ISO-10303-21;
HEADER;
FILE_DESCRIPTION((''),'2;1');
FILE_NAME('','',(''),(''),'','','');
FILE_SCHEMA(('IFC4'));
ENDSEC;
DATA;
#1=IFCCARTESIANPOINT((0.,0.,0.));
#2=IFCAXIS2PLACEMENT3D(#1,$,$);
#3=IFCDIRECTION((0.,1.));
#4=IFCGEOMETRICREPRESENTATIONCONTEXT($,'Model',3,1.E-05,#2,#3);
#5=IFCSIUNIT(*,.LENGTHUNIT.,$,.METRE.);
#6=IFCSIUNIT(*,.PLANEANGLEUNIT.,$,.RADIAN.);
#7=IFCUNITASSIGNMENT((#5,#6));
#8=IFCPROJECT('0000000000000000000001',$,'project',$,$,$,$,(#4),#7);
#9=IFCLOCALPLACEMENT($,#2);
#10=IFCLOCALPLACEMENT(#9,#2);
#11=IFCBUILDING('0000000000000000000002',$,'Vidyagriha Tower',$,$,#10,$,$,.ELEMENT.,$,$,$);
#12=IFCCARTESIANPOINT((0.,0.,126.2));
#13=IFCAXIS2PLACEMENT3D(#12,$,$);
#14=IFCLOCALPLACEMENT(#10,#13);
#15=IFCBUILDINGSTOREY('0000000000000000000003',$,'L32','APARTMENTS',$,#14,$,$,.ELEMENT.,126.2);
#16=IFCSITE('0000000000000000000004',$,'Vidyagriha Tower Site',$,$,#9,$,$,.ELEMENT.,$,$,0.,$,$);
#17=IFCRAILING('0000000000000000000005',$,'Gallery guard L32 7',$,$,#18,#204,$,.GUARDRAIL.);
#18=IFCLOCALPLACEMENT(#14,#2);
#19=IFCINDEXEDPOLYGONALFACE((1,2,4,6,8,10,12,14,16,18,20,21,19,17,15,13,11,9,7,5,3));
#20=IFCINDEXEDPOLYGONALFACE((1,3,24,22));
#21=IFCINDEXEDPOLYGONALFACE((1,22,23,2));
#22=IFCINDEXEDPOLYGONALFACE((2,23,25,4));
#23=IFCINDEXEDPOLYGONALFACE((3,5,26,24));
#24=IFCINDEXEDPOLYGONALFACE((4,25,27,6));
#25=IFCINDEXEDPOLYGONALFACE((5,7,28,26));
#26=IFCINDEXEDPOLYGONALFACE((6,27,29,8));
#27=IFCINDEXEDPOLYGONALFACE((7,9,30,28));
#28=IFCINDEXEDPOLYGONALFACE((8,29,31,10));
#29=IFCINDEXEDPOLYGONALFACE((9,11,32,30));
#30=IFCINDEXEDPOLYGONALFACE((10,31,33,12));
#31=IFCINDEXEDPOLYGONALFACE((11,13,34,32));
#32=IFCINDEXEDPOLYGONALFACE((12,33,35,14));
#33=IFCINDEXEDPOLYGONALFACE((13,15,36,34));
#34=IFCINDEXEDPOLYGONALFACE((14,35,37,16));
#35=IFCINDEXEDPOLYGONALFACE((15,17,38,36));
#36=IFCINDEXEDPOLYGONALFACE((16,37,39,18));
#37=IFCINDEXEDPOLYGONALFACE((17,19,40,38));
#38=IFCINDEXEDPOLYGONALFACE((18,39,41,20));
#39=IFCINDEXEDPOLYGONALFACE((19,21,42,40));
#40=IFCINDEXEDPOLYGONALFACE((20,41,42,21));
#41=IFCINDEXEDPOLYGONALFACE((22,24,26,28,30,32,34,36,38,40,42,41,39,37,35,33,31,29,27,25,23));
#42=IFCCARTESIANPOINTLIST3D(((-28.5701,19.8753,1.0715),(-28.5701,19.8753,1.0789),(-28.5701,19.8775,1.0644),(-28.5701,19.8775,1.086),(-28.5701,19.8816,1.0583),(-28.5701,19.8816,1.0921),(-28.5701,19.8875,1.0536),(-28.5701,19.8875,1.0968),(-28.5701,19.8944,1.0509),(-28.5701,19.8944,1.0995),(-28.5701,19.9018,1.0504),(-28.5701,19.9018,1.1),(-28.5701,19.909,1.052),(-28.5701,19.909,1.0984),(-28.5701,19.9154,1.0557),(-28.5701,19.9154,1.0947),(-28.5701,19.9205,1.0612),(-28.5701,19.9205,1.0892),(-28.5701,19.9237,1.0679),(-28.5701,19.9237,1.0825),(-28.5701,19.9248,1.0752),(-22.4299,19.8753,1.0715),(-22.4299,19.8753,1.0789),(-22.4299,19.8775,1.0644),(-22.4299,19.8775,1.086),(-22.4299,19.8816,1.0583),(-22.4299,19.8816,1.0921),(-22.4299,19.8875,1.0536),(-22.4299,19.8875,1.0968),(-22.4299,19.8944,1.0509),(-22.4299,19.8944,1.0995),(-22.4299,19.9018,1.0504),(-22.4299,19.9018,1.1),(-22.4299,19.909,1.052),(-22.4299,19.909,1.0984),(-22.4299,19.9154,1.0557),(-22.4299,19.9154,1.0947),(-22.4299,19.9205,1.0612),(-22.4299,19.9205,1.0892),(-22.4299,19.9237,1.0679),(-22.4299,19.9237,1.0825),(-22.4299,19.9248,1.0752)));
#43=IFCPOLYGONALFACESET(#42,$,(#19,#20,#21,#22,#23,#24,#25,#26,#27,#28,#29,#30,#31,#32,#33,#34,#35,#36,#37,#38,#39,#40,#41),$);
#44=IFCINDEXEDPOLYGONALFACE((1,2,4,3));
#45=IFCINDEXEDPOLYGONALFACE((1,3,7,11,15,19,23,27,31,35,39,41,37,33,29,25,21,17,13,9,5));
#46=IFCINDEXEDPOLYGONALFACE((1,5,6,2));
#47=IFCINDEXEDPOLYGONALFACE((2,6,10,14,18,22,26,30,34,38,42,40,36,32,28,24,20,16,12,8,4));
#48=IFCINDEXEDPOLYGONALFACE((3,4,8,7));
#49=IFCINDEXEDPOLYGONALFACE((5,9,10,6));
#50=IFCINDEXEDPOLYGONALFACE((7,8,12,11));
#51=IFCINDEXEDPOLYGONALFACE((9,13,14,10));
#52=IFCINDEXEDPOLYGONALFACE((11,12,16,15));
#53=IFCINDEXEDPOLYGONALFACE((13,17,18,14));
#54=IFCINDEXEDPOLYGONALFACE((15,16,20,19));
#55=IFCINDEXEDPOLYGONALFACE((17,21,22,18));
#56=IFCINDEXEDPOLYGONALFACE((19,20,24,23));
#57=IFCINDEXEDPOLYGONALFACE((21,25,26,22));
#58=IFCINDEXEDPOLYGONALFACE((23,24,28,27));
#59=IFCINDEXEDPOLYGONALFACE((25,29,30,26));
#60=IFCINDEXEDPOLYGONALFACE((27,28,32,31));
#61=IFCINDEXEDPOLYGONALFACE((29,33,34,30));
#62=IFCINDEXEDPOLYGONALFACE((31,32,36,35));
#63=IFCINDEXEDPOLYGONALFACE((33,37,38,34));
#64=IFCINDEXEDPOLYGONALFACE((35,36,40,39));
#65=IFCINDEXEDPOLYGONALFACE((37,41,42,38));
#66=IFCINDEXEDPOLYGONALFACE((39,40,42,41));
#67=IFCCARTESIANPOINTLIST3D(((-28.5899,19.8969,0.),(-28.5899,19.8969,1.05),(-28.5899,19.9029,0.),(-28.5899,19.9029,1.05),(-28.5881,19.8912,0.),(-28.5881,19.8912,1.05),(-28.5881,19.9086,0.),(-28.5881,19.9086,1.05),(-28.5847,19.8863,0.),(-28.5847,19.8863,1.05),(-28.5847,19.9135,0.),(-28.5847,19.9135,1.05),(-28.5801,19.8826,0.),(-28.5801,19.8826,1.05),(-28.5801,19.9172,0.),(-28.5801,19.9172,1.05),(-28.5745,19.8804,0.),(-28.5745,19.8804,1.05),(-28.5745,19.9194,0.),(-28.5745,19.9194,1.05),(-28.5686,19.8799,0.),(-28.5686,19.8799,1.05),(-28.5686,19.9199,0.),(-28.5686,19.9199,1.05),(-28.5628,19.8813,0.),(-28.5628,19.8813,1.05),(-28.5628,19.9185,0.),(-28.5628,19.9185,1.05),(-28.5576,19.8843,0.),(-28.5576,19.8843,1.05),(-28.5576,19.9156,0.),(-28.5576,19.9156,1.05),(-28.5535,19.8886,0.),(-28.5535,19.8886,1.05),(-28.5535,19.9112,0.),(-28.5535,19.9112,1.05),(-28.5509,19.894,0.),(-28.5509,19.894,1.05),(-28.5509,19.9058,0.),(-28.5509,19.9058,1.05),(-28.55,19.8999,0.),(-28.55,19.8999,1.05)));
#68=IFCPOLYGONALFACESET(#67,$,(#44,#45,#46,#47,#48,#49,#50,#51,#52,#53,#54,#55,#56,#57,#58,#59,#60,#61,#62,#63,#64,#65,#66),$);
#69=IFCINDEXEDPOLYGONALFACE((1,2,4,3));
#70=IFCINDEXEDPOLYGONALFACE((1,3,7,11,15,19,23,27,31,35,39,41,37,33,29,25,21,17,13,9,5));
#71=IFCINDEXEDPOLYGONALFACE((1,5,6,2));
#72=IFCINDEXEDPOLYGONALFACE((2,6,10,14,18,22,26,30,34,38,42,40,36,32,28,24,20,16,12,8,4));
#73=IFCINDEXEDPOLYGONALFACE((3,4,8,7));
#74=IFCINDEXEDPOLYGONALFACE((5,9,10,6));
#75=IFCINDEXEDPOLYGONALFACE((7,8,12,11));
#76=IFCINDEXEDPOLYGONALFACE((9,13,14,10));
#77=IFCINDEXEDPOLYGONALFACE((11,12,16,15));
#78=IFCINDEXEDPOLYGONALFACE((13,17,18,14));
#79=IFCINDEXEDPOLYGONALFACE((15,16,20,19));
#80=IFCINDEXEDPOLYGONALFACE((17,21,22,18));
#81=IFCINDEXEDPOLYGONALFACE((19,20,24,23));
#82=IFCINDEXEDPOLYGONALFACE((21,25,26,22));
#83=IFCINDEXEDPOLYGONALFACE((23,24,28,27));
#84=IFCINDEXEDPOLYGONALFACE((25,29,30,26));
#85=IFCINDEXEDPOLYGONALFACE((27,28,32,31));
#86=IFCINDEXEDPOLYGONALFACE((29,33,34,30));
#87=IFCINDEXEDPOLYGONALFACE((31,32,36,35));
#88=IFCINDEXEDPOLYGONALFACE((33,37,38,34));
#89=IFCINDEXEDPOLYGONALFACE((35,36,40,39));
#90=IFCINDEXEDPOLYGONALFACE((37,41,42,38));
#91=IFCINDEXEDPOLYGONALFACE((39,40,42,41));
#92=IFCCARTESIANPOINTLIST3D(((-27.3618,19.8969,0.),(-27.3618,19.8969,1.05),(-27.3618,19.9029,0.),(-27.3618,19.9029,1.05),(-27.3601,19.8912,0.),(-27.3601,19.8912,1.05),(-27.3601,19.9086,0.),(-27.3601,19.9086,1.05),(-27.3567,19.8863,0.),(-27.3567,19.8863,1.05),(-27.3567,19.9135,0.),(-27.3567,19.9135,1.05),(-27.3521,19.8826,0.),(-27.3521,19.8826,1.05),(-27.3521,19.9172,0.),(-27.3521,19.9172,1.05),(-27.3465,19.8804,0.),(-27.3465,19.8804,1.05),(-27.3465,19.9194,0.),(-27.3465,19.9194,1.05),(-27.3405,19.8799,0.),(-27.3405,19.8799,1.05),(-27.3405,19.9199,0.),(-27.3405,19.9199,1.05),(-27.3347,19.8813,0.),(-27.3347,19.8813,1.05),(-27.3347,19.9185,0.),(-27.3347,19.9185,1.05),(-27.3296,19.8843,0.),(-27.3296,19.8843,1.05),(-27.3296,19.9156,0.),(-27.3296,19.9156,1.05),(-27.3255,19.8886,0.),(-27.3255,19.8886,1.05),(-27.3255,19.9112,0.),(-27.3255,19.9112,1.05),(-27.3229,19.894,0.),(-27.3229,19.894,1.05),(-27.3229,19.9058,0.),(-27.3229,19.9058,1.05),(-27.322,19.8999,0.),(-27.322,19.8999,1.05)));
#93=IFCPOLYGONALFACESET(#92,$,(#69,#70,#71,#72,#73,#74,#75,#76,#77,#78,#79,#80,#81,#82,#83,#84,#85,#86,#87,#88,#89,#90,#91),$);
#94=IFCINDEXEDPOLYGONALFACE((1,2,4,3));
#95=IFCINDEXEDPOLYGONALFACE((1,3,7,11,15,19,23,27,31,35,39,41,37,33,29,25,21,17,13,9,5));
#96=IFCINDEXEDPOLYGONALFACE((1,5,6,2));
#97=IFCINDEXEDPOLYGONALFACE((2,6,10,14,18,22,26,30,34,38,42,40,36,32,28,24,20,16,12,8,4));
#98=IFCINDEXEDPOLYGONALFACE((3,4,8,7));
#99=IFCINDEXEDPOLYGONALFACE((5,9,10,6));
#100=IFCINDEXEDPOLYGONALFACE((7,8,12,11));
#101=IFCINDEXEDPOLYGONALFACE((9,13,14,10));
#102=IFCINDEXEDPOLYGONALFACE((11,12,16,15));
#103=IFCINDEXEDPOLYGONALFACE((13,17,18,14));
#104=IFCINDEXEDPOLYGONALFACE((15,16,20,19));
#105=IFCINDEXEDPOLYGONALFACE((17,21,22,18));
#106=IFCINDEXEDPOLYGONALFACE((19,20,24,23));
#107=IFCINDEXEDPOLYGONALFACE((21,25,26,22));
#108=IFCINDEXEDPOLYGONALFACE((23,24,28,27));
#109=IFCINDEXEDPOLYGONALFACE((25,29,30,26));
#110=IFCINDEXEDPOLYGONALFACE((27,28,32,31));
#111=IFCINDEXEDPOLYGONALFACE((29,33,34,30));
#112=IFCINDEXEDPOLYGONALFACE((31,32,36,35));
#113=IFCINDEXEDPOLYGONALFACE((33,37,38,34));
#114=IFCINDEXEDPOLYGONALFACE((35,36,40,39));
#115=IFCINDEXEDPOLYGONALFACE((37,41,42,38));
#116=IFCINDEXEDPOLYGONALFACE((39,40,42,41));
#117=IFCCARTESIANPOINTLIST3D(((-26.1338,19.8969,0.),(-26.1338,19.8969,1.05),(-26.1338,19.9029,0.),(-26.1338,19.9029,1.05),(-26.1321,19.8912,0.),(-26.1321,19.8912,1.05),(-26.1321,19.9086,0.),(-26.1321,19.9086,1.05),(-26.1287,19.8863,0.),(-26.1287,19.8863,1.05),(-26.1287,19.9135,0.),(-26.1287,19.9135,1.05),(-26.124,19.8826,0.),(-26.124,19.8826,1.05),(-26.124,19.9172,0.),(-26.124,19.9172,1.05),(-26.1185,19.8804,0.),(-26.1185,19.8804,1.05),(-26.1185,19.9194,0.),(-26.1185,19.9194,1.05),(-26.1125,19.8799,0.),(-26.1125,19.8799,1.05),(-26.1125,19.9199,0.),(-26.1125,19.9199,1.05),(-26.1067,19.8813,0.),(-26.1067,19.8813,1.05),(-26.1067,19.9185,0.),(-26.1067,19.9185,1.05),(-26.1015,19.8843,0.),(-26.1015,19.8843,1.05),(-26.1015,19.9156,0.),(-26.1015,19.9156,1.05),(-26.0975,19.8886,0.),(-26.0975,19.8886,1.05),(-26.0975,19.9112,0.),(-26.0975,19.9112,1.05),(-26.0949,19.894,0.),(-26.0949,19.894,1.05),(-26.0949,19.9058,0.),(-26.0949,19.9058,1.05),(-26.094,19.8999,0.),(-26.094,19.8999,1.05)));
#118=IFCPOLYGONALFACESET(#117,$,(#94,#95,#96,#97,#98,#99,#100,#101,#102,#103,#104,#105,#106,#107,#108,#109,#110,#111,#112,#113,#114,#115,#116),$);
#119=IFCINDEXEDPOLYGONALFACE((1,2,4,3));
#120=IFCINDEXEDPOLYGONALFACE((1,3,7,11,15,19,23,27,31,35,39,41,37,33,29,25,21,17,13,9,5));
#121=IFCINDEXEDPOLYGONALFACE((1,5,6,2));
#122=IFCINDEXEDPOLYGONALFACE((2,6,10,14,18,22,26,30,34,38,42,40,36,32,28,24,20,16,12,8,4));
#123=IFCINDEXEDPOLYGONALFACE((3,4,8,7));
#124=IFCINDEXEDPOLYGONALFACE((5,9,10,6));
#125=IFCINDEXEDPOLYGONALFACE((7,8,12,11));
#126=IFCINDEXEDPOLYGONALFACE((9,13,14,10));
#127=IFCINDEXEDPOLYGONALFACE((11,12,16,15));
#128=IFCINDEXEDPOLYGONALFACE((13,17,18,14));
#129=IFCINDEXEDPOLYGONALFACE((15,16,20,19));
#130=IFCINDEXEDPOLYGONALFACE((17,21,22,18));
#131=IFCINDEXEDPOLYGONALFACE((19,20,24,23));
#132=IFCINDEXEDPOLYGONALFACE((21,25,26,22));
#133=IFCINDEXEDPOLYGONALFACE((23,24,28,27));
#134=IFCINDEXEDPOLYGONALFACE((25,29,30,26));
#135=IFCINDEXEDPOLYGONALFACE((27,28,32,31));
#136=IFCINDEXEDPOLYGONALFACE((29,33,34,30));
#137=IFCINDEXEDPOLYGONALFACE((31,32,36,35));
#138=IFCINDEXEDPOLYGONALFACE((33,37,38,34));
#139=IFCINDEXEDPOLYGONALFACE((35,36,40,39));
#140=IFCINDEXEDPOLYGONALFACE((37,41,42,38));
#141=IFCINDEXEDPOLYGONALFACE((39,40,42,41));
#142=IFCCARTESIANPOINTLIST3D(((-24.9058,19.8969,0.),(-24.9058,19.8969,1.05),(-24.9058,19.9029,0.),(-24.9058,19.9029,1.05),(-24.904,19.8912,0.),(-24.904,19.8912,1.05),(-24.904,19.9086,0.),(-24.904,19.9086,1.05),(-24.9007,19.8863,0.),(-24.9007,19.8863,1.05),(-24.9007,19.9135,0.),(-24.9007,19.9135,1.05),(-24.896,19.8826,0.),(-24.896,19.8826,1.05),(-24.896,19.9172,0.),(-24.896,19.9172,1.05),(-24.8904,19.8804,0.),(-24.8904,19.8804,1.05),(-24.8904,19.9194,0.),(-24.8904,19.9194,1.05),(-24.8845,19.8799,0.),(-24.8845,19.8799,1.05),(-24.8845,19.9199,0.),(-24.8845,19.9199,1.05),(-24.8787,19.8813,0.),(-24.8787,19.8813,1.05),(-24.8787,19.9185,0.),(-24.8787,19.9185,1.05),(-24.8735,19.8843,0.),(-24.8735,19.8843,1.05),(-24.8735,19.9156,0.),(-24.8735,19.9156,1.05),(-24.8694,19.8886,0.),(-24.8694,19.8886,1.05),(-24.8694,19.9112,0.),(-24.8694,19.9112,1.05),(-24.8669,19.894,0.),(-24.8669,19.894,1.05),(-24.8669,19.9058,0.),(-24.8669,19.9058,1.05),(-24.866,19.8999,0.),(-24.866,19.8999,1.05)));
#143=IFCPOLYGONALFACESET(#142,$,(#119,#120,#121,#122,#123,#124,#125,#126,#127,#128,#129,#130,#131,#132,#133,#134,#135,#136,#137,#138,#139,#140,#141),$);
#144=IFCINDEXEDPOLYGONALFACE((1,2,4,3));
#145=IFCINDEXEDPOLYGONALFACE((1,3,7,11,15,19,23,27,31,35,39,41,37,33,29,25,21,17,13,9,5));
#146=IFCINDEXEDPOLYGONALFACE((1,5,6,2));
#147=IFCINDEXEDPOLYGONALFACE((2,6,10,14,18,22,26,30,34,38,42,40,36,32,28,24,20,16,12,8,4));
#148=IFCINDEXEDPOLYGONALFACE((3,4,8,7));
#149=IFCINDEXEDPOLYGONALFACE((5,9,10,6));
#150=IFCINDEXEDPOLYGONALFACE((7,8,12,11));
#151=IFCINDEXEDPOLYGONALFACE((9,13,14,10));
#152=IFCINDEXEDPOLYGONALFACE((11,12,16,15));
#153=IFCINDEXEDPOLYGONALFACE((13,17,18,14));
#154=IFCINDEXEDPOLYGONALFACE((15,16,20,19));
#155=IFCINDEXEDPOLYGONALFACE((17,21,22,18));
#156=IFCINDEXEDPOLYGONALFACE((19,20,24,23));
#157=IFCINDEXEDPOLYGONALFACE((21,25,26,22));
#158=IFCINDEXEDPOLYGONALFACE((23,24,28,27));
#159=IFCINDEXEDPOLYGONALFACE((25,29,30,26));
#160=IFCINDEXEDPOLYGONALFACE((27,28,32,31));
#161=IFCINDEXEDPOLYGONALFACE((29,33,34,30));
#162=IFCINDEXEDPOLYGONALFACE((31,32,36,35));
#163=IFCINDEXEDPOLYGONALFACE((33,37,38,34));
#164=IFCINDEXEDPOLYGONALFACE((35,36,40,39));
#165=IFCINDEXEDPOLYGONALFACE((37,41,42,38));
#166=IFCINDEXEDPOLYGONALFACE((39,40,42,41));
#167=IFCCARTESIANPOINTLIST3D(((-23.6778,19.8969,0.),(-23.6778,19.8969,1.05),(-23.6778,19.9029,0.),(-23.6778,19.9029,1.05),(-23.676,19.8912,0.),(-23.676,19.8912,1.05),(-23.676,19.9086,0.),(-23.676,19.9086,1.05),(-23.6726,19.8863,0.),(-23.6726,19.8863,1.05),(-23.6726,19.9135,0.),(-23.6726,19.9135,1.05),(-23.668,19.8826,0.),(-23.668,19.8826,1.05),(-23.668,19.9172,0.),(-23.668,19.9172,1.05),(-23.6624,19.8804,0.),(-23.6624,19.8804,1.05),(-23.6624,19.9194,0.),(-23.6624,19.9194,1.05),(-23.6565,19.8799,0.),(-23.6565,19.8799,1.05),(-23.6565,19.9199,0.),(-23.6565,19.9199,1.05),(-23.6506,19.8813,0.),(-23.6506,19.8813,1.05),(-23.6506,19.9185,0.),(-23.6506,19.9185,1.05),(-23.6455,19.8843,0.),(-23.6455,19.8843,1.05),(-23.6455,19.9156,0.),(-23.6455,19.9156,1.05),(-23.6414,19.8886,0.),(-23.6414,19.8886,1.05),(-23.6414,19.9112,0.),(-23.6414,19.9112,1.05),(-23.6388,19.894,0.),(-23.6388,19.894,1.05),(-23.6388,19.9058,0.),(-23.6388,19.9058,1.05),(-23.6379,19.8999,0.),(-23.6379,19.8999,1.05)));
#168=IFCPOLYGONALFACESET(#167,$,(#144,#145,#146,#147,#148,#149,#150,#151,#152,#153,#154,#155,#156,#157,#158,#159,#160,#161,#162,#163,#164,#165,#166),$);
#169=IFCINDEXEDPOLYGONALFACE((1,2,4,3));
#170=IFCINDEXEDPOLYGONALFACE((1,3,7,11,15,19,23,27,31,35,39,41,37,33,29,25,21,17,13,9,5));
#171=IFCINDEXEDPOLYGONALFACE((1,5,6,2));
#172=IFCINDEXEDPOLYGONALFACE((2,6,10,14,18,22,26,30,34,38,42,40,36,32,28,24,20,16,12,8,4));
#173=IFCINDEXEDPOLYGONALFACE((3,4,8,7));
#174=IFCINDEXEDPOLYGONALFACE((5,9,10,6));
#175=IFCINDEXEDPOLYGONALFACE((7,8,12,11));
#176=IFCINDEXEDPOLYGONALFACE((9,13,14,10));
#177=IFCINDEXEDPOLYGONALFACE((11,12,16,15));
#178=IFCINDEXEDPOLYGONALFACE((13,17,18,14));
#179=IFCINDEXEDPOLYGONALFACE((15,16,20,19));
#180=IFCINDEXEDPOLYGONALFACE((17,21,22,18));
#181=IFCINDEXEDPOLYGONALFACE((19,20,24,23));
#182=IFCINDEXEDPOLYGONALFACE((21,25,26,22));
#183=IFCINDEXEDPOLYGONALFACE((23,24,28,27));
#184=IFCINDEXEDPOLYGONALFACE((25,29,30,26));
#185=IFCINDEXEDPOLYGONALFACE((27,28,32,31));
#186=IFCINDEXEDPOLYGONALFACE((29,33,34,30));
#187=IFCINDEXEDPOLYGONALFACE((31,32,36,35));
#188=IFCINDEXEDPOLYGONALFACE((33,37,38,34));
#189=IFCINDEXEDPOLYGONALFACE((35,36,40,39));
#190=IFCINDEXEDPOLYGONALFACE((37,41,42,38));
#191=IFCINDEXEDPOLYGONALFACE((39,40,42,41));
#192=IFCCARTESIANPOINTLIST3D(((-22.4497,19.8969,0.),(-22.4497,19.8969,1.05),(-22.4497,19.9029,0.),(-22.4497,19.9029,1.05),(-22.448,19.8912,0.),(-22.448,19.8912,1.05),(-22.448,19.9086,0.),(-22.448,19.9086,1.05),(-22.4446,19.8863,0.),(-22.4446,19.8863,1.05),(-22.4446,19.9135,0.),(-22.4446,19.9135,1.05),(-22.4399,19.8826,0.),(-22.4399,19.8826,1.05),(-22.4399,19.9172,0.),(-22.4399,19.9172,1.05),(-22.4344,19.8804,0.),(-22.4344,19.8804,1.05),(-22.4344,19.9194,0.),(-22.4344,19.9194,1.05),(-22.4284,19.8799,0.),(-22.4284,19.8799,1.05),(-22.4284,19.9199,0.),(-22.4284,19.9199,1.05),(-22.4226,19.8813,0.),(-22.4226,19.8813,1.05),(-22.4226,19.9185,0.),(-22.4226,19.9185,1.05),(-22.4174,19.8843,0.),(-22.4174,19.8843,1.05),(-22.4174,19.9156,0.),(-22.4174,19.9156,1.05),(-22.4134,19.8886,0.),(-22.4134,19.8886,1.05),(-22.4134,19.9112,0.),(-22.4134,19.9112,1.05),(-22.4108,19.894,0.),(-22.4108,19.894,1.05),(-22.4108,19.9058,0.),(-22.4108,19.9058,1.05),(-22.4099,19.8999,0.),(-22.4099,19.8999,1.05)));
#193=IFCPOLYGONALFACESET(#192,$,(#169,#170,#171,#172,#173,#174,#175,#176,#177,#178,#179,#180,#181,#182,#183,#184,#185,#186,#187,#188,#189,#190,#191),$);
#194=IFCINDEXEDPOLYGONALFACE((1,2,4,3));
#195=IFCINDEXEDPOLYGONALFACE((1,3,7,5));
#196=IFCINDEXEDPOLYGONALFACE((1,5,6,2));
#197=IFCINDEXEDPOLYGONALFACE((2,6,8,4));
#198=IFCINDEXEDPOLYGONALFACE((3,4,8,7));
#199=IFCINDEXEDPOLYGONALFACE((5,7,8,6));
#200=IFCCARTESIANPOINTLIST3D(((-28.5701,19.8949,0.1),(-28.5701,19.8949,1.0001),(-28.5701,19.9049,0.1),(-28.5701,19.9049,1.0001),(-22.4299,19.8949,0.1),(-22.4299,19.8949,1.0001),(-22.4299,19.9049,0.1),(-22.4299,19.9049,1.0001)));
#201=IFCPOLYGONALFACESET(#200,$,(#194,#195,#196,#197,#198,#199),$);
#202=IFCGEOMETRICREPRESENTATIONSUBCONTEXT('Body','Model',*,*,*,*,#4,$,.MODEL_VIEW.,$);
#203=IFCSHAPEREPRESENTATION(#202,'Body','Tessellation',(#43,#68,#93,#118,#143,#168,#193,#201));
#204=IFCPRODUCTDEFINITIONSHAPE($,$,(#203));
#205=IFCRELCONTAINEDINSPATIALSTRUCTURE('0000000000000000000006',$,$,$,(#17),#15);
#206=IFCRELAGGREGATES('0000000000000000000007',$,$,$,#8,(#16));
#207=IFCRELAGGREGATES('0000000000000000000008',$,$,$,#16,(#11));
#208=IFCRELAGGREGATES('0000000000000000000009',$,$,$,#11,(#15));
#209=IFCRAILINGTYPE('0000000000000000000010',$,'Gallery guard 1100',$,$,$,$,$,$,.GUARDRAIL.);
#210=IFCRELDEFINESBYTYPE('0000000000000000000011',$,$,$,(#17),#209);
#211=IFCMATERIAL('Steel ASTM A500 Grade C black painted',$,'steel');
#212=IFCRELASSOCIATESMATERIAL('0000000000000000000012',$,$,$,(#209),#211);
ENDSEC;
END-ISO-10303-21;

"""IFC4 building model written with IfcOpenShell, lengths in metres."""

from ifc_helpers import new_model, si_unit, direction, frame, origin, origin_2d, place, context, subcontext, project, spatial, rectangle, circle, extrude, material, type_object, element, save


model = new_model("IFC4")

# Units and contexts
model_context = context("Model", 3, precision=1e-05, world=origin(), true_north=direction((0.0, 1.0)))
body_context = subcontext(model_context, "Body", "Model", "MODEL_VIEW")
ifc_project = project(units=[si_unit("LENGTHUNIT", "METRE"), si_unit("PLANEANGLEUNIT", "RADIAN")], contexts=[model_context])

# Site, building, storey
site_placement = place(None, origin())
site = spatial("IfcSite", under=ifc_project, at=site_placement, Name="Vidyagriha Tower Site", CompositionType="ELEMENT", RefElevation=0.0)
building_placement = place(site_placement, origin())
building = spatial("IfcBuilding", under=site, at=building_placement, Name="Vidyagriha Tower", CompositionType="ELEMENT")
storey_placement = place(building_placement, frame((0.0, 0.0, 126.2)))
storey = spatial("IfcBuildingStorey", under=building, at=storey_placement, Name="L32", Description="APARTMENTS", CompositionType="ELEMENT", Elevation=126.2)

# Railing
ifc_material_1 = material(Name="Steel ASTM A500 Grade C black painted", Category="steel")
railing_type = type_object("IfcRailingType", Name="Gallery guard 1100", PredefinedType="GUARDRAIL", material=ifc_material_1)
railing_1_placement = place(storey_placement, frame((-28.5701, 19.8999, 0.0)))
element("IfcRailing", 1, at=railing_1_placement, inside=storey, type_object=railing_type, Name="Gallery guard L32 7", PredefinedType="GUARDRAIL", context=body_context, shape_type="SweptSolid", body=[
    extrude(circle(Radius=0.0249, at=origin_2d()), frame((0.0, 0.0, 1.0752), z_axis=(1.0, 0.0, 0.0), x_axis=(0.0, 1.0, 0.0)), (0.0, 0.0, 1.0), 6.1401),
    extrude(circle(Radius=0.02, at=origin_2d()), origin(), (0.0, 0.0, 1.0), 1.05),
    extrude(circle(Radius=0.02, at=origin_2d()), frame((1.228, 0.0, 0.0)), (0.0, 0.0, 1.0), 1.05),
    extrude(circle(Radius=0.02, at=origin_2d()), frame((2.4561, 0.0, 0.0)), (0.0, 0.0, 1.0), 1.05),
    extrude(circle(Radius=0.02, at=origin_2d()), frame((3.6841, 0.0, 0.0)), (0.0, 0.0, 1.0), 1.05),
    extrude(circle(Radius=0.02, at=origin_2d()), frame((4.9121, 0.0, 0.0)), (0.0, 0.0, 1.0), 1.05),
    extrude(circle(Radius=0.02, at=origin_2d()), frame((6.1401, 0.0, 0.0)), (0.0, 0.0, 1.0), 1.05),
    extrude(rectangle(XDim=0.01, YDim=0.9001, at=origin_2d()), frame((0.0, 0.0, 0.55), z_axis=(1.0, 0.0, 0.0), x_axis=(0.0, 1.0, 0.0)), (0.0, 0.0, 1.0), 6.1401),
])

save(model, "model.ifc")
